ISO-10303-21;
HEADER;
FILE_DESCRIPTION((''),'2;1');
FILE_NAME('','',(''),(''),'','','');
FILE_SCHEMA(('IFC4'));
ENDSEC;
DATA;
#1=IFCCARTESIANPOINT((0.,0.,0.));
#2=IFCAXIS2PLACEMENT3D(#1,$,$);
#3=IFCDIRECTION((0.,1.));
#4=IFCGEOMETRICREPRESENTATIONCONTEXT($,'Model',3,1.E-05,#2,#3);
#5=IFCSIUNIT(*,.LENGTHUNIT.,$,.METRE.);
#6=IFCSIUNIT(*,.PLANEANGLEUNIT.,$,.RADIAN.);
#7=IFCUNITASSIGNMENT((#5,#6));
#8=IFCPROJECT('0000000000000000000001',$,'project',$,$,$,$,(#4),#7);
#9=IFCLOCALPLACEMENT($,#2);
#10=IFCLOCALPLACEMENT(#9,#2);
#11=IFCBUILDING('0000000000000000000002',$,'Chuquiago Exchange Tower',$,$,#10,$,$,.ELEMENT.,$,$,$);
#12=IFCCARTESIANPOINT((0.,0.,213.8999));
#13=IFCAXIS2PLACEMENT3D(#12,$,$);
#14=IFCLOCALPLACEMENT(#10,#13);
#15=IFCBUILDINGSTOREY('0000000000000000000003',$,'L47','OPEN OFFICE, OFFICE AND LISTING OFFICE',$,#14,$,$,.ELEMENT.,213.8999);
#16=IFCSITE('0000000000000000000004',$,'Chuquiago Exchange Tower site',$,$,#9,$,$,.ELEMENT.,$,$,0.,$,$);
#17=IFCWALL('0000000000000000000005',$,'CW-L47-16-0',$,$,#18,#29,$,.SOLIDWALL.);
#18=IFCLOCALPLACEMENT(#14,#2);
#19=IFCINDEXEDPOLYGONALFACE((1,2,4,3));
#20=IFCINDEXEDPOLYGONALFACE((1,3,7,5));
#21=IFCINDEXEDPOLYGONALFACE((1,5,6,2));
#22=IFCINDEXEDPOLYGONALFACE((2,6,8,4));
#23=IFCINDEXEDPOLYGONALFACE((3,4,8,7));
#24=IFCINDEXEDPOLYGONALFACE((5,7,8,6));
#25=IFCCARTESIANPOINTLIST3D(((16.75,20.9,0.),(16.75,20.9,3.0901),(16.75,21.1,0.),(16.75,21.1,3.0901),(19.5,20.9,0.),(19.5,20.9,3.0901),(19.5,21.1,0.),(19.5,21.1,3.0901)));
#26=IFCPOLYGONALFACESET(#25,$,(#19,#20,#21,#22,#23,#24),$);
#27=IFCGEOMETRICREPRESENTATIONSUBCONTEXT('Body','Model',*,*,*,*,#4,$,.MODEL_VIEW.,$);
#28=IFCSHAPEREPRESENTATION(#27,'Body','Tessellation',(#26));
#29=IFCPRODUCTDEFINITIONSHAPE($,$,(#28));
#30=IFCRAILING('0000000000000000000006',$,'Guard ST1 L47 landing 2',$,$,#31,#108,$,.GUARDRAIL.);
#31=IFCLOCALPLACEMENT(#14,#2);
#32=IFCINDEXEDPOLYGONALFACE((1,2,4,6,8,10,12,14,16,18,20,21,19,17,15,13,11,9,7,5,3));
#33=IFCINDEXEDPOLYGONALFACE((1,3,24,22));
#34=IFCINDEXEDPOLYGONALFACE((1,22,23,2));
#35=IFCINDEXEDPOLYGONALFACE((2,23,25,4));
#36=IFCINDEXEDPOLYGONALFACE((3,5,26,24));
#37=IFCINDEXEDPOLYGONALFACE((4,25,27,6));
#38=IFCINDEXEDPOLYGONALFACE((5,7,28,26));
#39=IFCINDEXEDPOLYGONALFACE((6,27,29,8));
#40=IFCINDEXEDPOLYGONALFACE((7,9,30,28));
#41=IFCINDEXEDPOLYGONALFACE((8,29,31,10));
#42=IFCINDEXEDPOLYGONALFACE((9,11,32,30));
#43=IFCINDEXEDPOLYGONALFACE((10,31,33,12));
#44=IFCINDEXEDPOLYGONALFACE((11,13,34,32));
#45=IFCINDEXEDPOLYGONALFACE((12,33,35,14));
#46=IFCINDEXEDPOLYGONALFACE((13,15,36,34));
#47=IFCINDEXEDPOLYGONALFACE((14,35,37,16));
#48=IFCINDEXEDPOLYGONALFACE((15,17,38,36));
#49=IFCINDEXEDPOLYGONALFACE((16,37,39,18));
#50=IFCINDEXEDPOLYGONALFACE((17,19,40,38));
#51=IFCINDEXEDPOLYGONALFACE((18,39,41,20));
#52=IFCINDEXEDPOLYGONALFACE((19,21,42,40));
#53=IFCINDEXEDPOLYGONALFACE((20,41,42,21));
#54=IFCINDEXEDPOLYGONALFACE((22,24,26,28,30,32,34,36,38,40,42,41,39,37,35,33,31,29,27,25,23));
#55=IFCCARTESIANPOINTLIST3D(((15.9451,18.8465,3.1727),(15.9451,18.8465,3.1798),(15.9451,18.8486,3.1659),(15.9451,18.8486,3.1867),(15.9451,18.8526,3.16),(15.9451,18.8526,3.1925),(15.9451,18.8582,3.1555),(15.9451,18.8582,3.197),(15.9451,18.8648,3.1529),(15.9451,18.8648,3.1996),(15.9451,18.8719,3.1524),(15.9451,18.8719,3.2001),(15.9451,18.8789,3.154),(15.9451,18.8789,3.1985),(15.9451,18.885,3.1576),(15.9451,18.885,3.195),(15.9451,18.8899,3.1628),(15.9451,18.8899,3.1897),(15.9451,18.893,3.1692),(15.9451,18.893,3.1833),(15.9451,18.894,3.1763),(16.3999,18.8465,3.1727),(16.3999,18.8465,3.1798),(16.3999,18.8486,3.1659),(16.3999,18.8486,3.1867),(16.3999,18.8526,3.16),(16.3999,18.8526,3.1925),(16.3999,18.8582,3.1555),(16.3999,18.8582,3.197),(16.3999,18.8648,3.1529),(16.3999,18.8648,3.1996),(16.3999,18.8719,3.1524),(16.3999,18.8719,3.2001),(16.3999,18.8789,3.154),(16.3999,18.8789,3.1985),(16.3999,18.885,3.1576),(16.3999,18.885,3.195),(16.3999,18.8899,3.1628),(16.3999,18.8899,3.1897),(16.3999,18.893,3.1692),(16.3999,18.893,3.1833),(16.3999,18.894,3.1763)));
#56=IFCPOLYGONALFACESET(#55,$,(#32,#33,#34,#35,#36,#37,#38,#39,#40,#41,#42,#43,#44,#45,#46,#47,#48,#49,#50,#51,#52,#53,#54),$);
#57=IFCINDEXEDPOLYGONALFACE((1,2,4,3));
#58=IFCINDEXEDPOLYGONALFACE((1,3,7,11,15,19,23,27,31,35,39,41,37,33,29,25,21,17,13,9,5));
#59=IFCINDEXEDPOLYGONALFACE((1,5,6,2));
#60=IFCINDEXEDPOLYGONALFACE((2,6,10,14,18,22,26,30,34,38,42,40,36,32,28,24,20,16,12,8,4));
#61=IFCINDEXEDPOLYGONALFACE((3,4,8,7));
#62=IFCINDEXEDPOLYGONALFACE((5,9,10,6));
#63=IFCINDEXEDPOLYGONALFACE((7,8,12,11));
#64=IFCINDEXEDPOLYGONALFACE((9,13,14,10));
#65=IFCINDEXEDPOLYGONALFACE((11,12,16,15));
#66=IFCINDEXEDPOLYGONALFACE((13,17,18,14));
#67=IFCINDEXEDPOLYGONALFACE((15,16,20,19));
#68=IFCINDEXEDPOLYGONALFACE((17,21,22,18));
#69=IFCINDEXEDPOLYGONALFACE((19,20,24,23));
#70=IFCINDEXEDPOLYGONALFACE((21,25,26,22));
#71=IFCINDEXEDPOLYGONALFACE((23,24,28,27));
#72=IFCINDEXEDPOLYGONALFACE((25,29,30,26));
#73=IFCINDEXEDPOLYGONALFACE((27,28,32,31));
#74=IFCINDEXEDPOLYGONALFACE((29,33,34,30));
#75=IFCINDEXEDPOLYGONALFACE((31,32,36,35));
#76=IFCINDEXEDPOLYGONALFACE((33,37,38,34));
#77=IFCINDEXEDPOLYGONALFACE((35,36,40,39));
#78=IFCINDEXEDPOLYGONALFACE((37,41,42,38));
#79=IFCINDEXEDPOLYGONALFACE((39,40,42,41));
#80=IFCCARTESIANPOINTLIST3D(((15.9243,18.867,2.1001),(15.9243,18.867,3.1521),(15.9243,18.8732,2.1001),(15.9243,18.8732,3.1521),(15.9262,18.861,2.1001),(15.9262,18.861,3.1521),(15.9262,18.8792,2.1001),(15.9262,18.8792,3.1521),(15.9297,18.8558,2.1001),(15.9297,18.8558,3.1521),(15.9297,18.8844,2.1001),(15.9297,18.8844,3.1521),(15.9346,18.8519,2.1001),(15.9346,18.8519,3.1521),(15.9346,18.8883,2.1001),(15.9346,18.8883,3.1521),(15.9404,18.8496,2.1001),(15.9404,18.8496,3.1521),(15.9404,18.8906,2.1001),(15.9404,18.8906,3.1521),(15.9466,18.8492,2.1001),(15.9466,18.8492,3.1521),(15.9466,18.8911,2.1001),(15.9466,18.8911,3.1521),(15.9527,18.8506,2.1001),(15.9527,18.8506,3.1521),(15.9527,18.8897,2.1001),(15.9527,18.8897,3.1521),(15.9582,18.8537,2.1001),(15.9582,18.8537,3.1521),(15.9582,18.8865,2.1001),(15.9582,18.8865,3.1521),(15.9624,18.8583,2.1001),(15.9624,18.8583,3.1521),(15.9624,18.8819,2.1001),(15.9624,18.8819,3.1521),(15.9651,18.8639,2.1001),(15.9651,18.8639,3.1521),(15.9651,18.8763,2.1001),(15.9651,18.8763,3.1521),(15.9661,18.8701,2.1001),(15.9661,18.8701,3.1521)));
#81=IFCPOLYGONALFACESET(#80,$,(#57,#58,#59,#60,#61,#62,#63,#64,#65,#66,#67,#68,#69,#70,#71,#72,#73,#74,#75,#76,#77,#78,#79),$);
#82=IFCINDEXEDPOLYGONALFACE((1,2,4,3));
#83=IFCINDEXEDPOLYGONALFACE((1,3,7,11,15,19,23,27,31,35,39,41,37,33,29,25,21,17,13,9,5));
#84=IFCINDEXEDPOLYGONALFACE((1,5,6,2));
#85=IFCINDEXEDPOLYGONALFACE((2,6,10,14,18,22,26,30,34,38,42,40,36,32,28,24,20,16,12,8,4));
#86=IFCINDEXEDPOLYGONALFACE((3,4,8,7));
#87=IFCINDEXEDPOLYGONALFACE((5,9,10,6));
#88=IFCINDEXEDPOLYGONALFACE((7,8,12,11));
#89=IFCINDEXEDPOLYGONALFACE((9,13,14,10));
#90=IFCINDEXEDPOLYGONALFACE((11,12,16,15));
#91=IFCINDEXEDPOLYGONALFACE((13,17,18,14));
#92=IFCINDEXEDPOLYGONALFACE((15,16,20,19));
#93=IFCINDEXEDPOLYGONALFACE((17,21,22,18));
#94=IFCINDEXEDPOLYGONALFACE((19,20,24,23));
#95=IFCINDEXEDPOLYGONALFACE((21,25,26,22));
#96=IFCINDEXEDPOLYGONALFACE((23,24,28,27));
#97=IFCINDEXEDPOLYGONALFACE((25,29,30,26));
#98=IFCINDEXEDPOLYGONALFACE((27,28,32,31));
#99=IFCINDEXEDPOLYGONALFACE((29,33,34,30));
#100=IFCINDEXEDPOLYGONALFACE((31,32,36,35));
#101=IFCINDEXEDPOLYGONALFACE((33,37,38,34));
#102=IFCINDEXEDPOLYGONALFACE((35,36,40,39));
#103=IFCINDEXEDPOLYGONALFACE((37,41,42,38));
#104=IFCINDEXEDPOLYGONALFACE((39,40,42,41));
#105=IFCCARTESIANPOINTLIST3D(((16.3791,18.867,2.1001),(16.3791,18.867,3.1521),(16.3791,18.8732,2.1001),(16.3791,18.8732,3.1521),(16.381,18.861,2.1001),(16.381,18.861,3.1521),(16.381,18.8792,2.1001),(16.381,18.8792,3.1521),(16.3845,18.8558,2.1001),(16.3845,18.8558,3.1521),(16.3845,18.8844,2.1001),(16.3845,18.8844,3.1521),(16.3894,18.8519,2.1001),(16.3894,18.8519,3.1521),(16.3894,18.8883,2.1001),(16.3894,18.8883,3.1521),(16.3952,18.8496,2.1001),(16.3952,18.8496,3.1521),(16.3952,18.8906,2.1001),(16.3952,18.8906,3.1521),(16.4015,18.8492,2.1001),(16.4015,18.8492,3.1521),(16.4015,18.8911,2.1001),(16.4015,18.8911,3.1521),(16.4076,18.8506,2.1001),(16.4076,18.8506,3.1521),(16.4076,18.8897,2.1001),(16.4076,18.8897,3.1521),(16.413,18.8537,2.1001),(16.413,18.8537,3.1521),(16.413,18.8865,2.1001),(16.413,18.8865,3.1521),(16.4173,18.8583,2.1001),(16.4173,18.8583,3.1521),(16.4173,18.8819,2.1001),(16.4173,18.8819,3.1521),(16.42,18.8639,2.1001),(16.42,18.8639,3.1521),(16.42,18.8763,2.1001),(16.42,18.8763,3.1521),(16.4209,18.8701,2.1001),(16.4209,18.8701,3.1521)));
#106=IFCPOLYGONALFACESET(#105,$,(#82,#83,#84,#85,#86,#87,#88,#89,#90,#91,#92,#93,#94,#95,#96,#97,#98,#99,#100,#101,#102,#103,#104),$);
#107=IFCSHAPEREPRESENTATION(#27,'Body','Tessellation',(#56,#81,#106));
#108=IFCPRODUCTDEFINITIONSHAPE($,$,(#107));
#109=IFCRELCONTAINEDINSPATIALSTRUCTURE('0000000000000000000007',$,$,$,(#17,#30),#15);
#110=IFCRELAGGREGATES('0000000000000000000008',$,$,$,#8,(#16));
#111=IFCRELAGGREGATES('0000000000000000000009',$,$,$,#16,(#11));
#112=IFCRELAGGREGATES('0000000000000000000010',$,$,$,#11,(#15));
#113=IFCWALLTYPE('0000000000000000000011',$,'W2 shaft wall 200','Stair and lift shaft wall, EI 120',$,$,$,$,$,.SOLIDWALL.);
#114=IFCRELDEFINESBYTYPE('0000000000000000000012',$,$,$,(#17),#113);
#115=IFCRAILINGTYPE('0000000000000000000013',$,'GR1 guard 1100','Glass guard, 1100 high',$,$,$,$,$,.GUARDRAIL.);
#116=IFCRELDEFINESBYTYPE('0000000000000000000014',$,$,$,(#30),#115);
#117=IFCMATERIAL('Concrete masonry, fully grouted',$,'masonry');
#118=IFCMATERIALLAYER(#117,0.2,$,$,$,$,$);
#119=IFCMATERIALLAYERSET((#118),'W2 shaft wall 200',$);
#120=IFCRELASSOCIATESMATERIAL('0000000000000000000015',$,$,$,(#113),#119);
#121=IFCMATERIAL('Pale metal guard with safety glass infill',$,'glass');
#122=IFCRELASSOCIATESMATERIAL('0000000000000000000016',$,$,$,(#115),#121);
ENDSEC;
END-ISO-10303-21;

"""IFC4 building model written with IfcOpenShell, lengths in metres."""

from ifc_helpers import new_model, si_unit, direction, frame, frame_2d, origin, origin_2d, place, context, subcontext, project, spatial, rectangle, circle, extrude, material, layer, layer_set, type_object, element, save


model = new_model("IFC4")

# Units and contexts
model_context = context("Model", 3, precision=1e-05, world=origin(), true_north=direction((0.0, 1.0)))
body_context = subcontext(model_context, "Body", "Model", "MODEL_VIEW")
ifc_project = project(units=[si_unit("LENGTHUNIT", "METRE"), si_unit("PLANEANGLEUNIT", "RADIAN")], contexts=[model_context])

# Site, building, storey
site_placement = place(None, origin())
site = spatial("IfcSite", under=ifc_project, at=site_placement, Name="Chuquiago Exchange Tower site", CompositionType="ELEMENT", RefElevation=0.0)
building_placement = place(site_placement, origin())
building = spatial("IfcBuilding", under=site, at=building_placement, Name="Chuquiago Exchange Tower", CompositionType="ELEMENT")
storey_placement = place(building_placement, frame((0.0, 0.0, 213.8999)))
storey = spatial("IfcBuildingStorey", under=building, at=storey_placement, Name="L47", Description="OPEN OFFICE, OFFICE AND LISTING OFFICE", CompositionType="ELEMENT", Elevation=213.8999)

# Wall
ifc_material_1 = material(Name="Concrete masonry, fully grouted", Category="masonry")
ifc_layer = layer(ifc_material_1, 0.2)
ifc_layer_set = layer_set([ifc_layer], Name="W2 shaft wall 200")
wall_type = type_object("IfcWallType", Name="W2 shaft wall 200", Description="Stair and lift shaft wall, EI 120", PredefinedType="SOLIDWALL", material=ifc_layer_set)
wall_1_placement = place(storey_placement, frame((16.75, 21.0, 0.0), z_axis=(0.0, 0.0, 1.0), x_axis=(1.0, 0.0, 0.0)))
element("IfcWall", 1, at=wall_1_placement, inside=storey, type_object=wall_type, Name="CW-L47-16-0", PredefinedType="SOLIDWALL", context=body_context, shape_type="SweptSolid", body=[
    extrude(rectangle(XDim=2.75, YDim=0.2, at=frame_2d((1.375, 0.0))), origin(), (0.0, 0.0, 1.0), 3.0901),
])

# Railing
ifc_material_2 = material(Name="Pale metal guard with safety glass infill", Category="glass")
railing_type_1 = type_object("IfcRailingType", Name="GR1 guard 1100", Description="Glass guard, 1100 high", PredefinedType="GUARDRAIL", material=ifc_material_2)
railing_placement = place(storey_placement, frame((15.9451, 18.8701, 2.1001)))
element("IfcRailing", 2, at=railing_placement, inside=storey, type_object=railing_type_1, Name="Guard ST1 L47 landing 2", PredefinedType="GUARDRAIL", context=body_context, shape_type="SweptSolid", body=[
    extrude(circle(Radius=0.0239, at=origin_2d()), frame((0.0, 0.0, 1.0762), z_axis=(1.0, 0.0, 0.0), x_axis=(0.0, 1.0, 0.0)), (0.0, 0.0, 1.0), 0.4548),
    extrude(circle(Radius=0.021, at=origin_2d()), origin(), (0.0, 0.0, 1.0), 1.052),
    extrude(circle(Radius=0.021, at=origin_2d()), frame((0.4548, 0.0, 0.0)), (0.0, 0.0, 1.0), 1.052),
])

save(model, "model.ifc")
